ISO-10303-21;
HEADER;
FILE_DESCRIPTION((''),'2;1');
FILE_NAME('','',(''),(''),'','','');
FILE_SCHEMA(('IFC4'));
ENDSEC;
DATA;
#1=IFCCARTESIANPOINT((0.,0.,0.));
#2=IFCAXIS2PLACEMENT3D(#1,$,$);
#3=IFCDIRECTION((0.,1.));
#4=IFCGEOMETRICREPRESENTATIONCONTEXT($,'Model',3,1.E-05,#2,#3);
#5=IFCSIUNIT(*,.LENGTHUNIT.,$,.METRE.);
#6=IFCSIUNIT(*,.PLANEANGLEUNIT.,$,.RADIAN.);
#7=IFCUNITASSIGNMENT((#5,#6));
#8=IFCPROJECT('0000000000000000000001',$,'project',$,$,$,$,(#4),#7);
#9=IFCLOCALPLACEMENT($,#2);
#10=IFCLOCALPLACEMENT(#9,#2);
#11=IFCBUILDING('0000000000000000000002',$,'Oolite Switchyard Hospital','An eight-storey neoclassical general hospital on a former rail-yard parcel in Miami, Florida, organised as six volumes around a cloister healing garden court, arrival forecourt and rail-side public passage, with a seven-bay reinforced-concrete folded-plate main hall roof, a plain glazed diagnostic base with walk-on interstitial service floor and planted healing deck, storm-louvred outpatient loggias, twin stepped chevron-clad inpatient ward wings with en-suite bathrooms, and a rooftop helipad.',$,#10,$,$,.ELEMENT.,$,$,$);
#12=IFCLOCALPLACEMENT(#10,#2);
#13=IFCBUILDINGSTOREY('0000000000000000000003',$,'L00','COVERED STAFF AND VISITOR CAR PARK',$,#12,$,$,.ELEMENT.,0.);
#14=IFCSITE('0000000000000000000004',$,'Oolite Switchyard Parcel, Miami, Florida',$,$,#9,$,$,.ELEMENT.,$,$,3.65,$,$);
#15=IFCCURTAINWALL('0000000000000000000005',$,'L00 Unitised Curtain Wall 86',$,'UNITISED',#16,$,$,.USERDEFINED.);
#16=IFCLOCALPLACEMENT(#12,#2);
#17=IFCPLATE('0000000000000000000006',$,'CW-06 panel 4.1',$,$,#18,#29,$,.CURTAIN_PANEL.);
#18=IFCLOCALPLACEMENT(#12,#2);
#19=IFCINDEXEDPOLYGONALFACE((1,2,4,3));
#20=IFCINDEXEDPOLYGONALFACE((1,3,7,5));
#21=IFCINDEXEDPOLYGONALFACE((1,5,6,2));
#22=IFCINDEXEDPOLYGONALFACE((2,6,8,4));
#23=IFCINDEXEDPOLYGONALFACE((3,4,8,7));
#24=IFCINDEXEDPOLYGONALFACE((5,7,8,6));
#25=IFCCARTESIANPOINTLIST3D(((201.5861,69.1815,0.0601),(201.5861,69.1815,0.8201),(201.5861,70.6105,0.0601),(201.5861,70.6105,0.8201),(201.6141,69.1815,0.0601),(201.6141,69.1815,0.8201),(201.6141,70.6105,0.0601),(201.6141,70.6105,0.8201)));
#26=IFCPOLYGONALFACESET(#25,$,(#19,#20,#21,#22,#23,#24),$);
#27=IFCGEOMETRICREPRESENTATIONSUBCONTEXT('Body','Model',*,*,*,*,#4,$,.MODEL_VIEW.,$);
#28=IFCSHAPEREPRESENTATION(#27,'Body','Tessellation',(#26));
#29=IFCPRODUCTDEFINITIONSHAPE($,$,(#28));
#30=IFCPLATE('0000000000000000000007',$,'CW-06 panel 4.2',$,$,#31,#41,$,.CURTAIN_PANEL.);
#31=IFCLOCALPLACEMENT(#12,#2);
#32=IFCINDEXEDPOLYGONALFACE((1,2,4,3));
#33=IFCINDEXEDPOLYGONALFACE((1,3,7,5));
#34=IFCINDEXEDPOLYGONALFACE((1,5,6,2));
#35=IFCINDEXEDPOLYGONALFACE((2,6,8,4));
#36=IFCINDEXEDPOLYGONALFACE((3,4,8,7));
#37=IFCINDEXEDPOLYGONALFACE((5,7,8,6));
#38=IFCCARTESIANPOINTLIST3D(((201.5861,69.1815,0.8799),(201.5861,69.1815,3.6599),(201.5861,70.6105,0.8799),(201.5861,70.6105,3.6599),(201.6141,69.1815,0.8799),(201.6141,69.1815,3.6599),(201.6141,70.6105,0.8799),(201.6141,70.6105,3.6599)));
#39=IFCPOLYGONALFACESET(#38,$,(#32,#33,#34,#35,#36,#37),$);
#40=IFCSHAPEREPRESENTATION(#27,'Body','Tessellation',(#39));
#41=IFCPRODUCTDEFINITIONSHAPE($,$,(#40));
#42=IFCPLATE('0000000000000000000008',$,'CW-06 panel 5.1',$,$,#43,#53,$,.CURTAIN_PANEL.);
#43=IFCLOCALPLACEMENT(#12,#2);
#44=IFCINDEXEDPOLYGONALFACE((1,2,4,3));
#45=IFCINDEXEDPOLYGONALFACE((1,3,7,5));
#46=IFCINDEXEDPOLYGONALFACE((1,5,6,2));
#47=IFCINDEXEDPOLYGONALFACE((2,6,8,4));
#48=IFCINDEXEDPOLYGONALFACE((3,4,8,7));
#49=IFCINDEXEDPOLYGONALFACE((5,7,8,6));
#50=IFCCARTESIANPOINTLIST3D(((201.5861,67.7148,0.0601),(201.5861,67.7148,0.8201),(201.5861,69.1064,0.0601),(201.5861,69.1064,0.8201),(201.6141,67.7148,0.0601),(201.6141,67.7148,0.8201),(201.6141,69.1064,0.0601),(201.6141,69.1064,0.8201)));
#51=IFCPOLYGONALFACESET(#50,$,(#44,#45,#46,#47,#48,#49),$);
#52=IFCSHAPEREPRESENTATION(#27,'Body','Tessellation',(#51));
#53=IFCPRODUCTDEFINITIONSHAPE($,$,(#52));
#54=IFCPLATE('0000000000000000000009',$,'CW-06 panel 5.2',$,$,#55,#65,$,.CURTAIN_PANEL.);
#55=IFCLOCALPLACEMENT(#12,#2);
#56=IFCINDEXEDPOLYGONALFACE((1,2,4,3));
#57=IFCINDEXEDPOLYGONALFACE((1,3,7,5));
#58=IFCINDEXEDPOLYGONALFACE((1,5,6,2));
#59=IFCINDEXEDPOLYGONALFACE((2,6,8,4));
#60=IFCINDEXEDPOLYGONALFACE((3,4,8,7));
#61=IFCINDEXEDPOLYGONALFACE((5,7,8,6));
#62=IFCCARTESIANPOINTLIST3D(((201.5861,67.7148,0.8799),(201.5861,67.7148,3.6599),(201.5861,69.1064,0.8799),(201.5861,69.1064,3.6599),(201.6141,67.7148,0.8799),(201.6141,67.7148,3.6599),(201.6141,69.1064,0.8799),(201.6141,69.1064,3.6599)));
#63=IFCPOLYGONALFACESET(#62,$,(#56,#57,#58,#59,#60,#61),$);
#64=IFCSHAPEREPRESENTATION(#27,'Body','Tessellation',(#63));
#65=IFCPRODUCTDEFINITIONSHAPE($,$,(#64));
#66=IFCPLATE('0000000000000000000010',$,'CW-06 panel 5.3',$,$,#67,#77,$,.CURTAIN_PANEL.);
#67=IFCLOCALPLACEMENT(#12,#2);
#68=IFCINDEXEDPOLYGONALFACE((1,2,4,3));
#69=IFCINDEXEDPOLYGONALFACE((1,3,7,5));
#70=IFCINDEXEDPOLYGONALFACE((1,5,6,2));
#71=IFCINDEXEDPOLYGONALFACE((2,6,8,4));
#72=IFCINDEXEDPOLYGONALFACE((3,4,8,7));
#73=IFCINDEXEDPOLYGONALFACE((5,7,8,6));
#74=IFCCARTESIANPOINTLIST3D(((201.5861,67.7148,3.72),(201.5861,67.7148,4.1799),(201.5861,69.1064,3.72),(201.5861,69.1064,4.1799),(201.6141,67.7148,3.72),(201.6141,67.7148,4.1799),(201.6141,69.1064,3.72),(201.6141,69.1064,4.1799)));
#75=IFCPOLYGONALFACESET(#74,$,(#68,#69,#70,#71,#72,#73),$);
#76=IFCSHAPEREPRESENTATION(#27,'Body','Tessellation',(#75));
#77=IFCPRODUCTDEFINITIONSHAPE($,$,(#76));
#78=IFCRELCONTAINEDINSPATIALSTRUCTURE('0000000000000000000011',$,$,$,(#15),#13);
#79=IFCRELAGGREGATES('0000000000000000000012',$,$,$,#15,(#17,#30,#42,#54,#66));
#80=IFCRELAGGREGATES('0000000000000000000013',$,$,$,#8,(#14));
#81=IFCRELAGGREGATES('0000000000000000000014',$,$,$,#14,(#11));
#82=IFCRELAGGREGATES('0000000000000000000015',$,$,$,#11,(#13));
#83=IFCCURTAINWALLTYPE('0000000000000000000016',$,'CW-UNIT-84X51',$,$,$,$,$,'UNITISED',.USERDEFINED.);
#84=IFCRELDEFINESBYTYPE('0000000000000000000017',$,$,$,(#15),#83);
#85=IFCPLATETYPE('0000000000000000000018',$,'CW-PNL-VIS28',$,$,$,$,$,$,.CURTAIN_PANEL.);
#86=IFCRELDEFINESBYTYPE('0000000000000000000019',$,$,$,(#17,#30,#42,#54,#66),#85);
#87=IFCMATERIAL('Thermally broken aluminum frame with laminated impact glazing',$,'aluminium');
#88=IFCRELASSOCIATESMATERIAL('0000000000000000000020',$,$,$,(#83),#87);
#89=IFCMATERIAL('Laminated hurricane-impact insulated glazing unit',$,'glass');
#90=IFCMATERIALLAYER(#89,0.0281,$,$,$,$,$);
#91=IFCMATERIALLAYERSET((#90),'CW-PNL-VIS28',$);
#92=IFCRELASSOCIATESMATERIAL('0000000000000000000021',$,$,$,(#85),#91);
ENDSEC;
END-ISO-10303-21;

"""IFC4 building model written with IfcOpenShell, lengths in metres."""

from ifc_helpers import new_model, si_unit, direction, frame, origin, origin_2d, place, context, subcontext, project, spatial, rectangle, extrude, material, layer, layer_set, type_object, element, aggregate, save


model = new_model("IFC4")

# Units and contexts
model_context = context("Model", 3, precision=1e-05, world=origin(), true_north=direction((0.0, 1.0)))
body_context = subcontext(model_context, "Body", "Model", "MODEL_VIEW")
ifc_project = project(units=[si_unit("LENGTHUNIT", "METRE"), si_unit("PLANEANGLEUNIT", "RADIAN")], contexts=[model_context])

# Site, building, storey
site_placement = place(None, origin())
site = spatial("IfcSite", under=ifc_project, at=site_placement, Name="Oolite Switchyard Parcel, Miami, Florida", CompositionType="ELEMENT", RefElevation=3.65)
building_placement = place(site_placement, origin())
building = spatial("IfcBuilding", under=site, at=building_placement, Name="Oolite Switchyard Hospital", Description="An eight-storey neoclassical general hospital on a former rail-yard parcel in Miami, Florida, organised as six volumes around a cloister healing garden court, arrival forecourt and rail-side public passage, with a seven-bay reinforced-concrete folded-plate main hall roof, a plain glazed diagnostic base with walk-on interstitial service floor and planted healing deck, storm-louvred outpatient loggias, twin stepped chevron-clad inpatient ward wings with en-suite bathrooms, and a rooftop helipad.", CompositionType="ELEMENT")
storey_placement = place(building_placement, origin())
storey = spatial("IfcBuildingStorey", under=building, at=storey_placement, Name="L00", Description="COVERED STAFF AND VISITOR CAR PARK", CompositionType="ELEMENT", Elevation=0.0)

# Shared definitions
ifc_material_1 = material(Name="Thermally broken aluminum frame with laminated impact glazing", Category="aluminium")

# Curtain wall
curtain_wall_type_1 = type_object("IfcCurtainWallType", Name="CW-UNIT-84X51", ElementType="UNITISED", PredefinedType="USERDEFINED", material=ifc_material_1)
curtain_wall_1_placement = place(storey_placement, origin())
curtain_wall_1 = element("IfcCurtainWall", 1, at=curtain_wall_1_placement, inside=storey, type_object=curtain_wall_type_1, Name="L00 Unitised Curtain Wall 86", ObjectType="UNITISED", PredefinedType="USERDEFINED")

# Plates
ifc_material_2 = material(Name="Laminated hurricane-impact insulated glazing unit", Category="glass")
ifc_layer = layer(ifc_material_2, 0.0281)
ifc_layer_set = layer_set([ifc_layer], Name="CW-PNL-VIS28")
plate_type = type_object("IfcPlateType", Name="CW-PNL-VIS28", PredefinedType="CURTAIN_PANEL", material=ifc_layer_set)
plate_1_placement = place(storey_placement, frame((201.6001, 69.896, 0.0601), z_axis=(0.0, 0.0, 1.0), x_axis=(0.0, -1.0, 0.0)))
plate_1 = element("IfcPlate", 2, at=plate_1_placement, type_object=plate_type, Name="CW-06 panel 4.1", PredefinedType="CURTAIN_PANEL", context=body_context, shape_type="SweptSolid", body=[
    extrude(rectangle(XDim=1.429, YDim=0.0281, at=origin_2d()), origin(), (0.0, 0.0, 1.0), 0.76),
])
plate_2_placement = place(storey_placement, frame((201.6001, 69.896, 0.8799), z_axis=(0.0, 0.0, 1.0), x_axis=(0.0, -1.0, 0.0)))
plate_2 = element("IfcPlate", 3, at=plate_2_placement, type_object=plate_type, Name="CW-06 panel 4.2", PredefinedType="CURTAIN_PANEL", context=body_context, shape_type="SweptSolid", body=[
    extrude(rectangle(XDim=1.429, YDim=0.0281, at=origin_2d()), origin(), (0.0, 0.0, 1.0), 2.78),
])
plate_3_placement = place(storey_placement, frame((201.6001, 68.4106, 0.0601), z_axis=(0.0, 0.0, 1.0), x_axis=(0.0, -1.0, 0.0)))
plate_3 = element("IfcPlate", 4, at=plate_3_placement, type_object=plate_type, Name="CW-06 panel 5.1", PredefinedType="CURTAIN_PANEL", context=body_context, shape_type="SweptSolid", body=[
    extrude(rectangle(XDim=1.3916, YDim=0.0281, at=origin_2d()), origin(), (0.0, 0.0, 1.0), 0.76),
])
plate_4_placement = place(storey_placement, frame((201.6001, 68.4106, 0.8799), z_axis=(0.0, 0.0, 1.0), x_axis=(0.0, -1.0, 0.0)))
plate_4 = element("IfcPlate", 5, at=plate_4_placement, type_object=plate_type, Name="CW-06 panel 5.2", PredefinedType="CURTAIN_PANEL", context=body_context, shape_type="SweptSolid", body=[
    extrude(rectangle(XDim=1.3916, YDim=0.0281, at=origin_2d()), origin(), (0.0, 0.0, 1.0), 2.78),
])
plate_5_placement = place(storey_placement, frame((201.6001, 68.4106, 3.72), z_axis=(0.0, 0.0, 1.0), x_axis=(0.0, -1.0, 0.0)))
plate_5 = element("IfcPlate", 6, at=plate_5_placement, type_object=plate_type, Name="CW-06 panel 5.3", PredefinedType="CURTAIN_PANEL", context=body_context, shape_type="SweptSolid", body=[
    extrude(rectangle(XDim=1.3916, YDim=0.0281, at=origin_2d()), origin(), (0.0, 0.0, 1.0), 0.46),
])
aggregate(curtain_wall_1, [plate_1, plate_2, plate_3, plate_4, plate_5])

save(model, "model.ifc")
